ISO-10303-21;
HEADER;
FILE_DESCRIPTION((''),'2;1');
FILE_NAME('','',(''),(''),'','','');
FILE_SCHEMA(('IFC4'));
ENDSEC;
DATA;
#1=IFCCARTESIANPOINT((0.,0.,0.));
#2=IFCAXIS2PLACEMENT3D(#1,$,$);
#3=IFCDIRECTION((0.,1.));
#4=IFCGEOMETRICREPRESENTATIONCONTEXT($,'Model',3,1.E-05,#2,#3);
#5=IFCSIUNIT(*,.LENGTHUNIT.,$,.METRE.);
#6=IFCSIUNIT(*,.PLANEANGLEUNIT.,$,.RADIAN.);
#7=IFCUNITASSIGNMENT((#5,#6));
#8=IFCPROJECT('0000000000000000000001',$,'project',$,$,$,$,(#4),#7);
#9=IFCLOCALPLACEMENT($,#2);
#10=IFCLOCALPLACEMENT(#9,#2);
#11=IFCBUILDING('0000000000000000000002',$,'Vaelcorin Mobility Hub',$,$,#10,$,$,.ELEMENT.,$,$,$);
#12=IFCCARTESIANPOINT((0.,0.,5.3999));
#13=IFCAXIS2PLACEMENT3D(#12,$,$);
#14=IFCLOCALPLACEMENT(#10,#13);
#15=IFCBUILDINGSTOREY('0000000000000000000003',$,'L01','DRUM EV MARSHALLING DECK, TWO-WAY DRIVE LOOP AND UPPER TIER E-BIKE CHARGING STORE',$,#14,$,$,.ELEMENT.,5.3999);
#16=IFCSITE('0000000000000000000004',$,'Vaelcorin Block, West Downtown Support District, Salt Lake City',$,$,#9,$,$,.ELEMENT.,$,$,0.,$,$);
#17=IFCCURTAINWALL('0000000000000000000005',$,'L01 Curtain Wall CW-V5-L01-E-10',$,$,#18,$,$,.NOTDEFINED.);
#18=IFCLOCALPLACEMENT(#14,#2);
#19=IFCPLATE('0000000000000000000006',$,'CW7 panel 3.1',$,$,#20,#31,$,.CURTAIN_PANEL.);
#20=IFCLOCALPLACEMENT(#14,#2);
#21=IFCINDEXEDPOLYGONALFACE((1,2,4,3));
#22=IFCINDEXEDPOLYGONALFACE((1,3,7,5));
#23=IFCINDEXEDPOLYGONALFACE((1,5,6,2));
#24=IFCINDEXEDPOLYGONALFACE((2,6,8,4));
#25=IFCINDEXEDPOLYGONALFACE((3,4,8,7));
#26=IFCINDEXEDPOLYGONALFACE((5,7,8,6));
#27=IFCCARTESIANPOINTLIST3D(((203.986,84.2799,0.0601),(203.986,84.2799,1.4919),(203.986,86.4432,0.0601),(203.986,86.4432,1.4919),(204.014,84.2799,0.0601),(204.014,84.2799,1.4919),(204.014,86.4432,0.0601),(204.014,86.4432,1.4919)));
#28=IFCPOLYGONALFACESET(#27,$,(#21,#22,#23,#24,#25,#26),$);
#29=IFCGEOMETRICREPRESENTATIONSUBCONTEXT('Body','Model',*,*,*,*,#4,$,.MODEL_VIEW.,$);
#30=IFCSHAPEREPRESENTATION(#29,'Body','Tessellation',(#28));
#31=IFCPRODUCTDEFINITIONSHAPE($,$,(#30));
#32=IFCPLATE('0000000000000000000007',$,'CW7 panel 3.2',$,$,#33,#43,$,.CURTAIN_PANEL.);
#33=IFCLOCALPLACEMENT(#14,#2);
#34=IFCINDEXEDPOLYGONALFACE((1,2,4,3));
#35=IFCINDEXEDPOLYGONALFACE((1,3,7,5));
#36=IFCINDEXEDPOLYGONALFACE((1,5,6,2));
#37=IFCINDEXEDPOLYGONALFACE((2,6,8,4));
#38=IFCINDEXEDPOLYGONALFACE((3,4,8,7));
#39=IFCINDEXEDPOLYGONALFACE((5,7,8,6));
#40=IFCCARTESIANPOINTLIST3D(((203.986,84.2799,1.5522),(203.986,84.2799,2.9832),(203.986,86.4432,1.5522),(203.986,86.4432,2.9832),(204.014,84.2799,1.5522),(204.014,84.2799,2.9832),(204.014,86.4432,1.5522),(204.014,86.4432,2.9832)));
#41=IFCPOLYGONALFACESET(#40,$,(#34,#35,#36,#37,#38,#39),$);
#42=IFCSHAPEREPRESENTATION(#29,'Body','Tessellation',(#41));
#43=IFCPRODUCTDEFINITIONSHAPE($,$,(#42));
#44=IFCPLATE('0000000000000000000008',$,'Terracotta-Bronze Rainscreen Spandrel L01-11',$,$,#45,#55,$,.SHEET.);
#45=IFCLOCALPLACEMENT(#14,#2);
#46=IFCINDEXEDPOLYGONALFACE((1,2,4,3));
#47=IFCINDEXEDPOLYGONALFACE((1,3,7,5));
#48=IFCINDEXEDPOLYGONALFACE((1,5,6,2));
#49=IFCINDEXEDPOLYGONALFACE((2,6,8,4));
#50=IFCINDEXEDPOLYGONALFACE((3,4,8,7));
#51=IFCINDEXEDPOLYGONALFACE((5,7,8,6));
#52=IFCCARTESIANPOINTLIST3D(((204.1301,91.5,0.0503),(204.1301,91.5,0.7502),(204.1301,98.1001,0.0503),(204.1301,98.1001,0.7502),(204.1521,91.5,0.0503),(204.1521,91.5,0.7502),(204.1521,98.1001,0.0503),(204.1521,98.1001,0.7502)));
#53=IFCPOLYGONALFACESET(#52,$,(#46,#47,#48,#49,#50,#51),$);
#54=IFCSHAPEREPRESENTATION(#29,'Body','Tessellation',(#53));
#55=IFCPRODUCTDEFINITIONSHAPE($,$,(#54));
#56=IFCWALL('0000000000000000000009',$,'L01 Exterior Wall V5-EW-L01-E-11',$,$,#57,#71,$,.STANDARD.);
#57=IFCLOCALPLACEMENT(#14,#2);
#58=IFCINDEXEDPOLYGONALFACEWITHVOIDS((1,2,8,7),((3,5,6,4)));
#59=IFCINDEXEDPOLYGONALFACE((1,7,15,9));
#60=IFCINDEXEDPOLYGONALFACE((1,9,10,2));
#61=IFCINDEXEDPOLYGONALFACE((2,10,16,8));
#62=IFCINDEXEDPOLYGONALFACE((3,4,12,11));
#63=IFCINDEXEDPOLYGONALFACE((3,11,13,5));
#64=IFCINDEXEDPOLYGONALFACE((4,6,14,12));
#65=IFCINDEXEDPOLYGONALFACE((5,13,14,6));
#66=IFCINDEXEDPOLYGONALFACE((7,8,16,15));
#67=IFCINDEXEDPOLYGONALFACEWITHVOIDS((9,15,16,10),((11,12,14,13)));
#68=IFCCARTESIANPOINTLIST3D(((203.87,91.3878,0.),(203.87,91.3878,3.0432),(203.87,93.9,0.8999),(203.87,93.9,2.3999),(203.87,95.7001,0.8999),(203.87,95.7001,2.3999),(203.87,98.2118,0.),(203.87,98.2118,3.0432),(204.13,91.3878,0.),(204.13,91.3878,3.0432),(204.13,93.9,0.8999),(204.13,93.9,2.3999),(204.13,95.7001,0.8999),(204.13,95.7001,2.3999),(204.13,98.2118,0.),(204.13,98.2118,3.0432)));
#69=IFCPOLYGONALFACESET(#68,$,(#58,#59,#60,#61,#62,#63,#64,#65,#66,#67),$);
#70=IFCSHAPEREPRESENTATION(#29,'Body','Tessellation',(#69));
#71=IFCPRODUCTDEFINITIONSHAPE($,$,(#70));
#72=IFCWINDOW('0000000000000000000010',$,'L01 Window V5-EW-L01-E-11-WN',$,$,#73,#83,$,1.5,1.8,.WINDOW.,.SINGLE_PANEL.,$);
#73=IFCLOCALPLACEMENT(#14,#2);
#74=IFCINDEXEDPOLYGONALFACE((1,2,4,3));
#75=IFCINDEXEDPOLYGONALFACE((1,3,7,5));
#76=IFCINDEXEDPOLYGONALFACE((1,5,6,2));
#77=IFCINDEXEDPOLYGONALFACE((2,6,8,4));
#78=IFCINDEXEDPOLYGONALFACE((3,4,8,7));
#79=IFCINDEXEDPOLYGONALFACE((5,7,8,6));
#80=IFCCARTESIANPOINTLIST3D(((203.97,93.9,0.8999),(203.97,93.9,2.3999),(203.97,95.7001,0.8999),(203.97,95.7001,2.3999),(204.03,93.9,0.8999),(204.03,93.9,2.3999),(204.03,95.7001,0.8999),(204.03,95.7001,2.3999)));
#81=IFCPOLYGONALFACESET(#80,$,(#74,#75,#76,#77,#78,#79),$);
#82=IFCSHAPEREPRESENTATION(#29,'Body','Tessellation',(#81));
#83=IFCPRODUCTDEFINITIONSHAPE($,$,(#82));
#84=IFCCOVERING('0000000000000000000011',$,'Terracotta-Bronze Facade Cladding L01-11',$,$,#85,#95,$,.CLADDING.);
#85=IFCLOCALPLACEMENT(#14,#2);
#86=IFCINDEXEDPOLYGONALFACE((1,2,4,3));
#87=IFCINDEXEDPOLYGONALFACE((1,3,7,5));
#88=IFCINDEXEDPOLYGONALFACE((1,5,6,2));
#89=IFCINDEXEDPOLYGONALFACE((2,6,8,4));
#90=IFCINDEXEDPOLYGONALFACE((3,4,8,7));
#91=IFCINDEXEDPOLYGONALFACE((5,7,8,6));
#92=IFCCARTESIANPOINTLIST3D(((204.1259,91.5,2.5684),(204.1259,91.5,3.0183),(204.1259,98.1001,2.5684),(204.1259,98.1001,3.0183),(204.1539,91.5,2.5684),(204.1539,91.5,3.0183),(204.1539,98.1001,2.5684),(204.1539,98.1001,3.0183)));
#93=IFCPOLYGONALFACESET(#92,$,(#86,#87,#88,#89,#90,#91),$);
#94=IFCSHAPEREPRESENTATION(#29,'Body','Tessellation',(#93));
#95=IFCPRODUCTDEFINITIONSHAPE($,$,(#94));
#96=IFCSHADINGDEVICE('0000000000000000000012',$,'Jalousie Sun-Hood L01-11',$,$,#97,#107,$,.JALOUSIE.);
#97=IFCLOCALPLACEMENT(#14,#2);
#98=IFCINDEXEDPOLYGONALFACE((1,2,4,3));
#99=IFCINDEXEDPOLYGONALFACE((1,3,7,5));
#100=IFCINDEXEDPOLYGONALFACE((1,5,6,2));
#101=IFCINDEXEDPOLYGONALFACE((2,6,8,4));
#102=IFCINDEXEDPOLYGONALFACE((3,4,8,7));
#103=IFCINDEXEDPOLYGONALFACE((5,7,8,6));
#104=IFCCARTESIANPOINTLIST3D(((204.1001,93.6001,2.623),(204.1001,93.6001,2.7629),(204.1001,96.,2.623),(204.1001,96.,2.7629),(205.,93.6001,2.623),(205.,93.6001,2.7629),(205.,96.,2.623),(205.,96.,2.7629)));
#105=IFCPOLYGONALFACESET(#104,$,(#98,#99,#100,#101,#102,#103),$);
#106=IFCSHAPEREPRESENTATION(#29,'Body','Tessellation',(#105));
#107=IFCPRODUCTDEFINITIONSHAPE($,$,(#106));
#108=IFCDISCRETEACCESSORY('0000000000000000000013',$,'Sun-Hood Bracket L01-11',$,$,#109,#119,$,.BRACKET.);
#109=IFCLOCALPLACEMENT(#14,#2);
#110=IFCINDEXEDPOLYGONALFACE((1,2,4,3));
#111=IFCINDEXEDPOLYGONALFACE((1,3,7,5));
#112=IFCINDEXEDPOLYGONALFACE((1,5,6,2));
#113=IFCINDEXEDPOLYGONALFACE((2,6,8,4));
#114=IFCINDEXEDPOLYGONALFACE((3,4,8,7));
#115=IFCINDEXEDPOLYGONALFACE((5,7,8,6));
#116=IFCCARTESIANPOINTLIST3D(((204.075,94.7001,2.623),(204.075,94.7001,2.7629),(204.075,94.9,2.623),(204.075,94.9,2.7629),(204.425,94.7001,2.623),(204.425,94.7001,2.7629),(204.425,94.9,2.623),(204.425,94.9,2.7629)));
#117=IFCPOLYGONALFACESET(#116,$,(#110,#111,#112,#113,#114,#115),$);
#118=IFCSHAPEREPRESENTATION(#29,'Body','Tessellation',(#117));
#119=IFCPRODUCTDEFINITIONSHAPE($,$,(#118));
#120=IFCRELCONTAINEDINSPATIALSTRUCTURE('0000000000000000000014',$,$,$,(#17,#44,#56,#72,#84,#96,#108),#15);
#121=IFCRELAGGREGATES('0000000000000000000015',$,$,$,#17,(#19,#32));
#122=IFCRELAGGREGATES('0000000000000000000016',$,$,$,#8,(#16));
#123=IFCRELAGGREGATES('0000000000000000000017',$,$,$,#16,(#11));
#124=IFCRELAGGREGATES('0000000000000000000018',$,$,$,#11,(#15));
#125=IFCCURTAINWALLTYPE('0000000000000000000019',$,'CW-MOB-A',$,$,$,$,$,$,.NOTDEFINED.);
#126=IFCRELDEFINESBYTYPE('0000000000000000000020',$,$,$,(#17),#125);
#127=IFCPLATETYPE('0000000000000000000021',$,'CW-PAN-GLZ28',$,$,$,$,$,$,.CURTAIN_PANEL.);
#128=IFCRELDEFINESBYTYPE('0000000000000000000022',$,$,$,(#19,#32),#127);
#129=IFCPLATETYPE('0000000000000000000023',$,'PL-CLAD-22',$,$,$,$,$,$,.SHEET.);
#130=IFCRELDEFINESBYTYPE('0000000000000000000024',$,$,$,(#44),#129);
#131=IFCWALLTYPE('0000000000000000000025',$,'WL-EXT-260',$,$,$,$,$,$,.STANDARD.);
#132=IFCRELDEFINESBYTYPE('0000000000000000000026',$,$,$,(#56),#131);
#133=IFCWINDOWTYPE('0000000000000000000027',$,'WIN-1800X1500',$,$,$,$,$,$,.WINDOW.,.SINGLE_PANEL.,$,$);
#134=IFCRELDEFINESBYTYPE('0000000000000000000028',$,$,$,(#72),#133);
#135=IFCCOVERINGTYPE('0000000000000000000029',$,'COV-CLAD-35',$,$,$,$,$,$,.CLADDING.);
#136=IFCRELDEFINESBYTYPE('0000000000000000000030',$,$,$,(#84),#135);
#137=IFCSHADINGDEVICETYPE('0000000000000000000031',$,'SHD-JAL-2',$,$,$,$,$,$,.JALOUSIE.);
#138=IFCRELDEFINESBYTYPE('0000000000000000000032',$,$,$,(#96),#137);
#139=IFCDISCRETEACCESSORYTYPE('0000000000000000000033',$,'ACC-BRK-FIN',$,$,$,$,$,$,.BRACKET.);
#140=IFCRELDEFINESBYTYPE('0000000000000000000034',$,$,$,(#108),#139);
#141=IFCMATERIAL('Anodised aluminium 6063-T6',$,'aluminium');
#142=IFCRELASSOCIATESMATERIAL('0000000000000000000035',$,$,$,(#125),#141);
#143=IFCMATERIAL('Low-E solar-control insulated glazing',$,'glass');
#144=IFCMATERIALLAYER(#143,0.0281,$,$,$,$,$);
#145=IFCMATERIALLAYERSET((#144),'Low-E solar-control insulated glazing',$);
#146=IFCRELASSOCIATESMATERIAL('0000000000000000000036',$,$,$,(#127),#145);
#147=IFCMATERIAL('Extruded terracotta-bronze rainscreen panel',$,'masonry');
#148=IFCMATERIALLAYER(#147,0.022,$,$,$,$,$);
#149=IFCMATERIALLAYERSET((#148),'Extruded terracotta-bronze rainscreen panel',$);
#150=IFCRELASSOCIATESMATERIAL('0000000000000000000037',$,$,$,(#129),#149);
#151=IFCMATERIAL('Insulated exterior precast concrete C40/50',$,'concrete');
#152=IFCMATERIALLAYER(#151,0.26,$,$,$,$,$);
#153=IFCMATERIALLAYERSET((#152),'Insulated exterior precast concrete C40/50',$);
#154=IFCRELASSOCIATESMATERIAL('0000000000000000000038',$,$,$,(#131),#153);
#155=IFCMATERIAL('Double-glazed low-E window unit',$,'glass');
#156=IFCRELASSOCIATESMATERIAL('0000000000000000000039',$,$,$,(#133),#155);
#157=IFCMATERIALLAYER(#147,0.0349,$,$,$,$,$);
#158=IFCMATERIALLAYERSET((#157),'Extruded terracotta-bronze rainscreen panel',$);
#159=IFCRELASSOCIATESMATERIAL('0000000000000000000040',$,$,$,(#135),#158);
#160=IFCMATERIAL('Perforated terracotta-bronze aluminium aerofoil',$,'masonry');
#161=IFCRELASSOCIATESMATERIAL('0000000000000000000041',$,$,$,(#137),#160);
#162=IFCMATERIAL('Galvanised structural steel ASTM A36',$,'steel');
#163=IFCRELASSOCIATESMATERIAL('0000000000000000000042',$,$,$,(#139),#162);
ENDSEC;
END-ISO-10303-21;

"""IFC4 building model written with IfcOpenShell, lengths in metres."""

from ifc_helpers import new_model, si_unit, direction, frame, frame_2d, origin, origin_2d, place, context, subcontext, project, spatial, rectangle, extrude, material, layer, layer_set, type_object, element, fill, aggregate, save


model = new_model("IFC4")

# Units and contexts
model_context = context("Model", 3, precision=1e-05, world=origin(), true_north=direction((0.0, 1.0)))
body_context = subcontext(model_context, "Body", "Model", "MODEL_VIEW")
ifc_project = project(units=[si_unit("LENGTHUNIT", "METRE"), si_unit("PLANEANGLEUNIT", "RADIAN")], contexts=[model_context])

# Site, building, storey
site_placement = place(None, origin())
site = spatial("IfcSite", under=ifc_project, at=site_placement, Name="Vaelcorin Block, West Downtown Support District, Salt Lake City", CompositionType="ELEMENT", RefElevation=0.0)
building_placement = place(site_placement, origin())
building = spatial("IfcBuilding", under=site, at=building_placement, Name="Vaelcorin Mobility Hub", CompositionType="ELEMENT")
storey_placement = place(building_placement, frame((0.0, 0.0, 5.3999)))
storey = spatial("IfcBuildingStorey", under=building, at=storey_placement, Name="L01", Description="DRUM EV MARSHALLING DECK, TWO-WAY DRIVE LOOP AND UPPER TIER E-BIKE CHARGING STORE", CompositionType="ELEMENT", Elevation=5.3999)

# Curtain wall, plates
ifc_material_1 = material(Name="Anodised aluminium 6063-T6", Category="aluminium")
curtain_wall_type = type_object("IfcCurtainWallType", Name="CW-MOB-A", PredefinedType="NOTDEFINED", material=ifc_material_1)
curtain_wall_placement = place(storey_placement, origin())
curtain_wall = element("IfcCurtainWall", 1, at=curtain_wall_placement, inside=storey, type_object=curtain_wall_type, Name="L01 Curtain Wall CW-V5-L01-E-10", PredefinedType="NOTDEFINED")
ifc_material_2 = material(Name="Low-E solar-control insulated glazing", Category="glass")
ifc_layer_1 = layer(ifc_material_2, 0.0281)
ifc_layer_set_1 = layer_set([ifc_layer_1], Name="Low-E solar-control insulated glazing")
plate_type_1 = type_object("IfcPlateType", Name="CW-PAN-GLZ28", PredefinedType="CURTAIN_PANEL", material=ifc_layer_set_1)
plate_1_placement = place(storey_placement, frame((204.0, 85.3616, 0.0601), z_axis=(0.0, 0.0, 1.0), x_axis=(0.0, -1.0, 0.0)))
plate_1 = element("IfcPlate", 2, at=plate_1_placement, type_object=plate_type_1, Name="CW7 panel 3.1", PredefinedType="CURTAIN_PANEL", context=body_context, shape_type="SweptSolid", body=[
    extrude(rectangle(XDim=2.1633, YDim=0.0281, at=origin_2d()), origin(), (0.0, 0.0, 1.0), 1.4319),
])
plate_2_placement = place(storey_placement, frame((204.0, 85.3616, 1.5522), z_axis=(0.0, 0.0, 1.0), x_axis=(0.0, -1.0, 0.0)))
plate_2 = element("IfcPlate", 3, at=plate_2_placement, type_object=plate_type_1, Name="CW7 panel 3.2", PredefinedType="CURTAIN_PANEL", context=body_context, shape_type="SweptSolid", body=[
    extrude(rectangle(XDim=2.1633, YDim=0.0281, at=origin_2d()), origin(), (0.0, 0.0, 1.0), 1.4309),
])
aggregate(curtain_wall, [plate_1, plate_2])

# Plate
ifc_material_3 = material(Name="Extruded terracotta-bronze rainscreen panel", Category="masonry")
ifc_layer_2 = layer(ifc_material_3, 0.022)
ifc_layer_set_2 = layer_set([ifc_layer_2], Name="Extruded terracotta-bronze rainscreen panel")
plate_type_2 = type_object("IfcPlateType", Name="PL-CLAD-22", PredefinedType="SHEET", material=ifc_layer_set_2)
plate_3_placement = place(storey_placement, frame((204.1411, 94.8, 0.0503), z_axis=(0.0, 0.0, 1.0), x_axis=(1.0, 0.0, 0.0)))
element("IfcPlate", 4, at=plate_3_placement, inside=storey, type_object=plate_type_2, Name="Terracotta-Bronze Rainscreen Spandrel L01-11", PredefinedType="SHEET", context=body_context, shape_type="SweptSolid", body=[
    extrude(rectangle(XDim=0.022, YDim=6.6001, at=origin_2d()), origin(), (0.0, 0.0, 1.0), 0.7),
])

# Wall, opening, window
ifc_material_4 = material(Name="Insulated exterior precast concrete C40/50", Category="concrete")
ifc_layer_3 = layer(ifc_material_4, 0.26)
ifc_layer_set_3 = layer_set([ifc_layer_3], Name="Insulated exterior precast concrete C40/50")
wall_type = type_object("IfcWallType", Name="WL-EXT-260", PredefinedType="STANDARD", material=ifc_layer_set_3)
wall_placement = place(storey_placement, frame((204.0, 98.2119, 0.0), z_axis=(0.0, 0.0, 1.0), x_axis=(0.0, -1.0, 0.0)))
wall = element("IfcWall", 5, at=wall_placement, inside=storey, type_object=wall_type, Name="L01 Exterior Wall V5-EW-L01-E-11", PredefinedType="STANDARD", context=body_context, shape_type="SweptSolid", body=[
    extrude(rectangle(XDim=6.824, YDim=0.26, at=frame_2d((3.4121, 0.0))), origin(), (0.0, 0.0, 1.0), 3.0432),
])
opening_placement = place(wall_placement, frame((2.512, 0.0, 0.8999)))
opening = element("IfcOpeningElement", 6, at=opening_placement, cuts=wall, PredefinedType="OPENING", context=body_context, shape_type="SweptSolid", body=[
    extrude(rectangle(XDim=1.8, YDim=1.5, at=frame_2d((0.8999, 0.75))), frame((0.0, 0.1399, 0.0), z_axis=(0.0, -1.0, 0.0), x_axis=(1.0, 0.0, 0.0)), (0.0, 0.0, 1.0), 0.28),
])
ifc_material_5 = material(Name="Double-glazed low-E window unit", Category="glass")
window_type = type_object("IfcWindowType", Name="WIN-1800X1500", PartitioningType="SINGLE_PANEL", PredefinedType="WINDOW", material=ifc_material_5)
window_placement = place(opening_placement, origin())
window = element("IfcWindow", 7, at=window_placement, inside=storey, type_object=window_type, Name="L01 Window V5-EW-L01-E-11-WN", OverallHeight=1.5, OverallWidth=1.8, PartitioningType="SINGLE_PANEL", PredefinedType="WINDOW", context=body_context, shape_type="SweptSolid", body=[
    extrude(rectangle(XDim=1.8, YDim=1.5, at=frame_2d((0.8999, 0.75))), frame((0.0, 0.03, 0.0), z_axis=(0.0, -1.0, 0.0), x_axis=(1.0, 0.0, 0.0)), (0.0, 0.0, 1.0), 0.0601),
])
fill(opening, window)

# Covering
ifc_layer_4 = layer(ifc_material_3, 0.0349)
ifc_layer_set_4 = layer_set([ifc_layer_4], Name="Extruded terracotta-bronze rainscreen panel")
covering_type = type_object("IfcCoveringType", Name="COV-CLAD-35", PredefinedType="CLADDING", material=ifc_layer_set_4)
covering_placement = place(storey_placement, frame((204.1399, 94.8, 2.5684), z_axis=(0.0, 0.0, 1.0), x_axis=(1.0, 0.0, 0.0)))
element("IfcCovering", 8, at=covering_placement, inside=storey, type_object=covering_type, Name="Terracotta-Bronze Facade Cladding L01-11", PredefinedType="CLADDING", context=body_context, shape_type="SweptSolid", body=[
    extrude(rectangle(XDim=0.0281, YDim=6.6001, at=origin_2d()), origin(), (0.0, 0.0, 1.0), 0.45),
])

# Shading device
ifc_material_6 = material(Name="Perforated terracotta-bronze aluminium aerofoil", Category="masonry")
shading_device_type = type_object("IfcShadingDeviceType", Name="SHD-JAL-2", PredefinedType="JALOUSIE", material=ifc_material_6)
shading_device_placement = place(storey_placement, frame((204.55, 94.8, 2.623), z_axis=(0.0, 0.0, 1.0), x_axis=(1.0, 0.0, 0.0)))
element("IfcShadingDevice", 9, at=shading_device_placement, inside=storey, type_object=shading_device_type, Name="Jalousie Sun-Hood L01-11", PredefinedType="JALOUSIE", context=body_context, shape_type="SweptSolid", body=[
    extrude(rectangle(XDim=0.8999, YDim=2.3999, at=origin_2d()), origin(), (0.0, 0.0, 1.0), 0.1399),
])

# Discrete accessory
ifc_material_7 = material(Name="Galvanised structural steel ASTM A36", Category="steel")
discrete_accessory_type = type_object("IfcDiscreteAccessoryType", Name="ACC-BRK-FIN", PredefinedType="BRACKET", material=ifc_material_7)
discrete_accessory_placement = place(storey_placement, frame((204.25, 94.8, 2.623), z_axis=(0.0, 0.0, 1.0), x_axis=(1.0, 0.0, 0.0)))
element("IfcDiscreteAccessory", 10, at=discrete_accessory_placement, inside=storey, type_object=discrete_accessory_type, Name="Sun-Hood Bracket L01-11", PredefinedType="BRACKET", context=body_context, shape_type="SweptSolid", body=[
    extrude(rectangle(XDim=0.3501, YDim=0.2, at=origin_2d()), origin(), (0.0, 0.0, 1.0), 0.1399),
])

save(model, "model.ifc")
